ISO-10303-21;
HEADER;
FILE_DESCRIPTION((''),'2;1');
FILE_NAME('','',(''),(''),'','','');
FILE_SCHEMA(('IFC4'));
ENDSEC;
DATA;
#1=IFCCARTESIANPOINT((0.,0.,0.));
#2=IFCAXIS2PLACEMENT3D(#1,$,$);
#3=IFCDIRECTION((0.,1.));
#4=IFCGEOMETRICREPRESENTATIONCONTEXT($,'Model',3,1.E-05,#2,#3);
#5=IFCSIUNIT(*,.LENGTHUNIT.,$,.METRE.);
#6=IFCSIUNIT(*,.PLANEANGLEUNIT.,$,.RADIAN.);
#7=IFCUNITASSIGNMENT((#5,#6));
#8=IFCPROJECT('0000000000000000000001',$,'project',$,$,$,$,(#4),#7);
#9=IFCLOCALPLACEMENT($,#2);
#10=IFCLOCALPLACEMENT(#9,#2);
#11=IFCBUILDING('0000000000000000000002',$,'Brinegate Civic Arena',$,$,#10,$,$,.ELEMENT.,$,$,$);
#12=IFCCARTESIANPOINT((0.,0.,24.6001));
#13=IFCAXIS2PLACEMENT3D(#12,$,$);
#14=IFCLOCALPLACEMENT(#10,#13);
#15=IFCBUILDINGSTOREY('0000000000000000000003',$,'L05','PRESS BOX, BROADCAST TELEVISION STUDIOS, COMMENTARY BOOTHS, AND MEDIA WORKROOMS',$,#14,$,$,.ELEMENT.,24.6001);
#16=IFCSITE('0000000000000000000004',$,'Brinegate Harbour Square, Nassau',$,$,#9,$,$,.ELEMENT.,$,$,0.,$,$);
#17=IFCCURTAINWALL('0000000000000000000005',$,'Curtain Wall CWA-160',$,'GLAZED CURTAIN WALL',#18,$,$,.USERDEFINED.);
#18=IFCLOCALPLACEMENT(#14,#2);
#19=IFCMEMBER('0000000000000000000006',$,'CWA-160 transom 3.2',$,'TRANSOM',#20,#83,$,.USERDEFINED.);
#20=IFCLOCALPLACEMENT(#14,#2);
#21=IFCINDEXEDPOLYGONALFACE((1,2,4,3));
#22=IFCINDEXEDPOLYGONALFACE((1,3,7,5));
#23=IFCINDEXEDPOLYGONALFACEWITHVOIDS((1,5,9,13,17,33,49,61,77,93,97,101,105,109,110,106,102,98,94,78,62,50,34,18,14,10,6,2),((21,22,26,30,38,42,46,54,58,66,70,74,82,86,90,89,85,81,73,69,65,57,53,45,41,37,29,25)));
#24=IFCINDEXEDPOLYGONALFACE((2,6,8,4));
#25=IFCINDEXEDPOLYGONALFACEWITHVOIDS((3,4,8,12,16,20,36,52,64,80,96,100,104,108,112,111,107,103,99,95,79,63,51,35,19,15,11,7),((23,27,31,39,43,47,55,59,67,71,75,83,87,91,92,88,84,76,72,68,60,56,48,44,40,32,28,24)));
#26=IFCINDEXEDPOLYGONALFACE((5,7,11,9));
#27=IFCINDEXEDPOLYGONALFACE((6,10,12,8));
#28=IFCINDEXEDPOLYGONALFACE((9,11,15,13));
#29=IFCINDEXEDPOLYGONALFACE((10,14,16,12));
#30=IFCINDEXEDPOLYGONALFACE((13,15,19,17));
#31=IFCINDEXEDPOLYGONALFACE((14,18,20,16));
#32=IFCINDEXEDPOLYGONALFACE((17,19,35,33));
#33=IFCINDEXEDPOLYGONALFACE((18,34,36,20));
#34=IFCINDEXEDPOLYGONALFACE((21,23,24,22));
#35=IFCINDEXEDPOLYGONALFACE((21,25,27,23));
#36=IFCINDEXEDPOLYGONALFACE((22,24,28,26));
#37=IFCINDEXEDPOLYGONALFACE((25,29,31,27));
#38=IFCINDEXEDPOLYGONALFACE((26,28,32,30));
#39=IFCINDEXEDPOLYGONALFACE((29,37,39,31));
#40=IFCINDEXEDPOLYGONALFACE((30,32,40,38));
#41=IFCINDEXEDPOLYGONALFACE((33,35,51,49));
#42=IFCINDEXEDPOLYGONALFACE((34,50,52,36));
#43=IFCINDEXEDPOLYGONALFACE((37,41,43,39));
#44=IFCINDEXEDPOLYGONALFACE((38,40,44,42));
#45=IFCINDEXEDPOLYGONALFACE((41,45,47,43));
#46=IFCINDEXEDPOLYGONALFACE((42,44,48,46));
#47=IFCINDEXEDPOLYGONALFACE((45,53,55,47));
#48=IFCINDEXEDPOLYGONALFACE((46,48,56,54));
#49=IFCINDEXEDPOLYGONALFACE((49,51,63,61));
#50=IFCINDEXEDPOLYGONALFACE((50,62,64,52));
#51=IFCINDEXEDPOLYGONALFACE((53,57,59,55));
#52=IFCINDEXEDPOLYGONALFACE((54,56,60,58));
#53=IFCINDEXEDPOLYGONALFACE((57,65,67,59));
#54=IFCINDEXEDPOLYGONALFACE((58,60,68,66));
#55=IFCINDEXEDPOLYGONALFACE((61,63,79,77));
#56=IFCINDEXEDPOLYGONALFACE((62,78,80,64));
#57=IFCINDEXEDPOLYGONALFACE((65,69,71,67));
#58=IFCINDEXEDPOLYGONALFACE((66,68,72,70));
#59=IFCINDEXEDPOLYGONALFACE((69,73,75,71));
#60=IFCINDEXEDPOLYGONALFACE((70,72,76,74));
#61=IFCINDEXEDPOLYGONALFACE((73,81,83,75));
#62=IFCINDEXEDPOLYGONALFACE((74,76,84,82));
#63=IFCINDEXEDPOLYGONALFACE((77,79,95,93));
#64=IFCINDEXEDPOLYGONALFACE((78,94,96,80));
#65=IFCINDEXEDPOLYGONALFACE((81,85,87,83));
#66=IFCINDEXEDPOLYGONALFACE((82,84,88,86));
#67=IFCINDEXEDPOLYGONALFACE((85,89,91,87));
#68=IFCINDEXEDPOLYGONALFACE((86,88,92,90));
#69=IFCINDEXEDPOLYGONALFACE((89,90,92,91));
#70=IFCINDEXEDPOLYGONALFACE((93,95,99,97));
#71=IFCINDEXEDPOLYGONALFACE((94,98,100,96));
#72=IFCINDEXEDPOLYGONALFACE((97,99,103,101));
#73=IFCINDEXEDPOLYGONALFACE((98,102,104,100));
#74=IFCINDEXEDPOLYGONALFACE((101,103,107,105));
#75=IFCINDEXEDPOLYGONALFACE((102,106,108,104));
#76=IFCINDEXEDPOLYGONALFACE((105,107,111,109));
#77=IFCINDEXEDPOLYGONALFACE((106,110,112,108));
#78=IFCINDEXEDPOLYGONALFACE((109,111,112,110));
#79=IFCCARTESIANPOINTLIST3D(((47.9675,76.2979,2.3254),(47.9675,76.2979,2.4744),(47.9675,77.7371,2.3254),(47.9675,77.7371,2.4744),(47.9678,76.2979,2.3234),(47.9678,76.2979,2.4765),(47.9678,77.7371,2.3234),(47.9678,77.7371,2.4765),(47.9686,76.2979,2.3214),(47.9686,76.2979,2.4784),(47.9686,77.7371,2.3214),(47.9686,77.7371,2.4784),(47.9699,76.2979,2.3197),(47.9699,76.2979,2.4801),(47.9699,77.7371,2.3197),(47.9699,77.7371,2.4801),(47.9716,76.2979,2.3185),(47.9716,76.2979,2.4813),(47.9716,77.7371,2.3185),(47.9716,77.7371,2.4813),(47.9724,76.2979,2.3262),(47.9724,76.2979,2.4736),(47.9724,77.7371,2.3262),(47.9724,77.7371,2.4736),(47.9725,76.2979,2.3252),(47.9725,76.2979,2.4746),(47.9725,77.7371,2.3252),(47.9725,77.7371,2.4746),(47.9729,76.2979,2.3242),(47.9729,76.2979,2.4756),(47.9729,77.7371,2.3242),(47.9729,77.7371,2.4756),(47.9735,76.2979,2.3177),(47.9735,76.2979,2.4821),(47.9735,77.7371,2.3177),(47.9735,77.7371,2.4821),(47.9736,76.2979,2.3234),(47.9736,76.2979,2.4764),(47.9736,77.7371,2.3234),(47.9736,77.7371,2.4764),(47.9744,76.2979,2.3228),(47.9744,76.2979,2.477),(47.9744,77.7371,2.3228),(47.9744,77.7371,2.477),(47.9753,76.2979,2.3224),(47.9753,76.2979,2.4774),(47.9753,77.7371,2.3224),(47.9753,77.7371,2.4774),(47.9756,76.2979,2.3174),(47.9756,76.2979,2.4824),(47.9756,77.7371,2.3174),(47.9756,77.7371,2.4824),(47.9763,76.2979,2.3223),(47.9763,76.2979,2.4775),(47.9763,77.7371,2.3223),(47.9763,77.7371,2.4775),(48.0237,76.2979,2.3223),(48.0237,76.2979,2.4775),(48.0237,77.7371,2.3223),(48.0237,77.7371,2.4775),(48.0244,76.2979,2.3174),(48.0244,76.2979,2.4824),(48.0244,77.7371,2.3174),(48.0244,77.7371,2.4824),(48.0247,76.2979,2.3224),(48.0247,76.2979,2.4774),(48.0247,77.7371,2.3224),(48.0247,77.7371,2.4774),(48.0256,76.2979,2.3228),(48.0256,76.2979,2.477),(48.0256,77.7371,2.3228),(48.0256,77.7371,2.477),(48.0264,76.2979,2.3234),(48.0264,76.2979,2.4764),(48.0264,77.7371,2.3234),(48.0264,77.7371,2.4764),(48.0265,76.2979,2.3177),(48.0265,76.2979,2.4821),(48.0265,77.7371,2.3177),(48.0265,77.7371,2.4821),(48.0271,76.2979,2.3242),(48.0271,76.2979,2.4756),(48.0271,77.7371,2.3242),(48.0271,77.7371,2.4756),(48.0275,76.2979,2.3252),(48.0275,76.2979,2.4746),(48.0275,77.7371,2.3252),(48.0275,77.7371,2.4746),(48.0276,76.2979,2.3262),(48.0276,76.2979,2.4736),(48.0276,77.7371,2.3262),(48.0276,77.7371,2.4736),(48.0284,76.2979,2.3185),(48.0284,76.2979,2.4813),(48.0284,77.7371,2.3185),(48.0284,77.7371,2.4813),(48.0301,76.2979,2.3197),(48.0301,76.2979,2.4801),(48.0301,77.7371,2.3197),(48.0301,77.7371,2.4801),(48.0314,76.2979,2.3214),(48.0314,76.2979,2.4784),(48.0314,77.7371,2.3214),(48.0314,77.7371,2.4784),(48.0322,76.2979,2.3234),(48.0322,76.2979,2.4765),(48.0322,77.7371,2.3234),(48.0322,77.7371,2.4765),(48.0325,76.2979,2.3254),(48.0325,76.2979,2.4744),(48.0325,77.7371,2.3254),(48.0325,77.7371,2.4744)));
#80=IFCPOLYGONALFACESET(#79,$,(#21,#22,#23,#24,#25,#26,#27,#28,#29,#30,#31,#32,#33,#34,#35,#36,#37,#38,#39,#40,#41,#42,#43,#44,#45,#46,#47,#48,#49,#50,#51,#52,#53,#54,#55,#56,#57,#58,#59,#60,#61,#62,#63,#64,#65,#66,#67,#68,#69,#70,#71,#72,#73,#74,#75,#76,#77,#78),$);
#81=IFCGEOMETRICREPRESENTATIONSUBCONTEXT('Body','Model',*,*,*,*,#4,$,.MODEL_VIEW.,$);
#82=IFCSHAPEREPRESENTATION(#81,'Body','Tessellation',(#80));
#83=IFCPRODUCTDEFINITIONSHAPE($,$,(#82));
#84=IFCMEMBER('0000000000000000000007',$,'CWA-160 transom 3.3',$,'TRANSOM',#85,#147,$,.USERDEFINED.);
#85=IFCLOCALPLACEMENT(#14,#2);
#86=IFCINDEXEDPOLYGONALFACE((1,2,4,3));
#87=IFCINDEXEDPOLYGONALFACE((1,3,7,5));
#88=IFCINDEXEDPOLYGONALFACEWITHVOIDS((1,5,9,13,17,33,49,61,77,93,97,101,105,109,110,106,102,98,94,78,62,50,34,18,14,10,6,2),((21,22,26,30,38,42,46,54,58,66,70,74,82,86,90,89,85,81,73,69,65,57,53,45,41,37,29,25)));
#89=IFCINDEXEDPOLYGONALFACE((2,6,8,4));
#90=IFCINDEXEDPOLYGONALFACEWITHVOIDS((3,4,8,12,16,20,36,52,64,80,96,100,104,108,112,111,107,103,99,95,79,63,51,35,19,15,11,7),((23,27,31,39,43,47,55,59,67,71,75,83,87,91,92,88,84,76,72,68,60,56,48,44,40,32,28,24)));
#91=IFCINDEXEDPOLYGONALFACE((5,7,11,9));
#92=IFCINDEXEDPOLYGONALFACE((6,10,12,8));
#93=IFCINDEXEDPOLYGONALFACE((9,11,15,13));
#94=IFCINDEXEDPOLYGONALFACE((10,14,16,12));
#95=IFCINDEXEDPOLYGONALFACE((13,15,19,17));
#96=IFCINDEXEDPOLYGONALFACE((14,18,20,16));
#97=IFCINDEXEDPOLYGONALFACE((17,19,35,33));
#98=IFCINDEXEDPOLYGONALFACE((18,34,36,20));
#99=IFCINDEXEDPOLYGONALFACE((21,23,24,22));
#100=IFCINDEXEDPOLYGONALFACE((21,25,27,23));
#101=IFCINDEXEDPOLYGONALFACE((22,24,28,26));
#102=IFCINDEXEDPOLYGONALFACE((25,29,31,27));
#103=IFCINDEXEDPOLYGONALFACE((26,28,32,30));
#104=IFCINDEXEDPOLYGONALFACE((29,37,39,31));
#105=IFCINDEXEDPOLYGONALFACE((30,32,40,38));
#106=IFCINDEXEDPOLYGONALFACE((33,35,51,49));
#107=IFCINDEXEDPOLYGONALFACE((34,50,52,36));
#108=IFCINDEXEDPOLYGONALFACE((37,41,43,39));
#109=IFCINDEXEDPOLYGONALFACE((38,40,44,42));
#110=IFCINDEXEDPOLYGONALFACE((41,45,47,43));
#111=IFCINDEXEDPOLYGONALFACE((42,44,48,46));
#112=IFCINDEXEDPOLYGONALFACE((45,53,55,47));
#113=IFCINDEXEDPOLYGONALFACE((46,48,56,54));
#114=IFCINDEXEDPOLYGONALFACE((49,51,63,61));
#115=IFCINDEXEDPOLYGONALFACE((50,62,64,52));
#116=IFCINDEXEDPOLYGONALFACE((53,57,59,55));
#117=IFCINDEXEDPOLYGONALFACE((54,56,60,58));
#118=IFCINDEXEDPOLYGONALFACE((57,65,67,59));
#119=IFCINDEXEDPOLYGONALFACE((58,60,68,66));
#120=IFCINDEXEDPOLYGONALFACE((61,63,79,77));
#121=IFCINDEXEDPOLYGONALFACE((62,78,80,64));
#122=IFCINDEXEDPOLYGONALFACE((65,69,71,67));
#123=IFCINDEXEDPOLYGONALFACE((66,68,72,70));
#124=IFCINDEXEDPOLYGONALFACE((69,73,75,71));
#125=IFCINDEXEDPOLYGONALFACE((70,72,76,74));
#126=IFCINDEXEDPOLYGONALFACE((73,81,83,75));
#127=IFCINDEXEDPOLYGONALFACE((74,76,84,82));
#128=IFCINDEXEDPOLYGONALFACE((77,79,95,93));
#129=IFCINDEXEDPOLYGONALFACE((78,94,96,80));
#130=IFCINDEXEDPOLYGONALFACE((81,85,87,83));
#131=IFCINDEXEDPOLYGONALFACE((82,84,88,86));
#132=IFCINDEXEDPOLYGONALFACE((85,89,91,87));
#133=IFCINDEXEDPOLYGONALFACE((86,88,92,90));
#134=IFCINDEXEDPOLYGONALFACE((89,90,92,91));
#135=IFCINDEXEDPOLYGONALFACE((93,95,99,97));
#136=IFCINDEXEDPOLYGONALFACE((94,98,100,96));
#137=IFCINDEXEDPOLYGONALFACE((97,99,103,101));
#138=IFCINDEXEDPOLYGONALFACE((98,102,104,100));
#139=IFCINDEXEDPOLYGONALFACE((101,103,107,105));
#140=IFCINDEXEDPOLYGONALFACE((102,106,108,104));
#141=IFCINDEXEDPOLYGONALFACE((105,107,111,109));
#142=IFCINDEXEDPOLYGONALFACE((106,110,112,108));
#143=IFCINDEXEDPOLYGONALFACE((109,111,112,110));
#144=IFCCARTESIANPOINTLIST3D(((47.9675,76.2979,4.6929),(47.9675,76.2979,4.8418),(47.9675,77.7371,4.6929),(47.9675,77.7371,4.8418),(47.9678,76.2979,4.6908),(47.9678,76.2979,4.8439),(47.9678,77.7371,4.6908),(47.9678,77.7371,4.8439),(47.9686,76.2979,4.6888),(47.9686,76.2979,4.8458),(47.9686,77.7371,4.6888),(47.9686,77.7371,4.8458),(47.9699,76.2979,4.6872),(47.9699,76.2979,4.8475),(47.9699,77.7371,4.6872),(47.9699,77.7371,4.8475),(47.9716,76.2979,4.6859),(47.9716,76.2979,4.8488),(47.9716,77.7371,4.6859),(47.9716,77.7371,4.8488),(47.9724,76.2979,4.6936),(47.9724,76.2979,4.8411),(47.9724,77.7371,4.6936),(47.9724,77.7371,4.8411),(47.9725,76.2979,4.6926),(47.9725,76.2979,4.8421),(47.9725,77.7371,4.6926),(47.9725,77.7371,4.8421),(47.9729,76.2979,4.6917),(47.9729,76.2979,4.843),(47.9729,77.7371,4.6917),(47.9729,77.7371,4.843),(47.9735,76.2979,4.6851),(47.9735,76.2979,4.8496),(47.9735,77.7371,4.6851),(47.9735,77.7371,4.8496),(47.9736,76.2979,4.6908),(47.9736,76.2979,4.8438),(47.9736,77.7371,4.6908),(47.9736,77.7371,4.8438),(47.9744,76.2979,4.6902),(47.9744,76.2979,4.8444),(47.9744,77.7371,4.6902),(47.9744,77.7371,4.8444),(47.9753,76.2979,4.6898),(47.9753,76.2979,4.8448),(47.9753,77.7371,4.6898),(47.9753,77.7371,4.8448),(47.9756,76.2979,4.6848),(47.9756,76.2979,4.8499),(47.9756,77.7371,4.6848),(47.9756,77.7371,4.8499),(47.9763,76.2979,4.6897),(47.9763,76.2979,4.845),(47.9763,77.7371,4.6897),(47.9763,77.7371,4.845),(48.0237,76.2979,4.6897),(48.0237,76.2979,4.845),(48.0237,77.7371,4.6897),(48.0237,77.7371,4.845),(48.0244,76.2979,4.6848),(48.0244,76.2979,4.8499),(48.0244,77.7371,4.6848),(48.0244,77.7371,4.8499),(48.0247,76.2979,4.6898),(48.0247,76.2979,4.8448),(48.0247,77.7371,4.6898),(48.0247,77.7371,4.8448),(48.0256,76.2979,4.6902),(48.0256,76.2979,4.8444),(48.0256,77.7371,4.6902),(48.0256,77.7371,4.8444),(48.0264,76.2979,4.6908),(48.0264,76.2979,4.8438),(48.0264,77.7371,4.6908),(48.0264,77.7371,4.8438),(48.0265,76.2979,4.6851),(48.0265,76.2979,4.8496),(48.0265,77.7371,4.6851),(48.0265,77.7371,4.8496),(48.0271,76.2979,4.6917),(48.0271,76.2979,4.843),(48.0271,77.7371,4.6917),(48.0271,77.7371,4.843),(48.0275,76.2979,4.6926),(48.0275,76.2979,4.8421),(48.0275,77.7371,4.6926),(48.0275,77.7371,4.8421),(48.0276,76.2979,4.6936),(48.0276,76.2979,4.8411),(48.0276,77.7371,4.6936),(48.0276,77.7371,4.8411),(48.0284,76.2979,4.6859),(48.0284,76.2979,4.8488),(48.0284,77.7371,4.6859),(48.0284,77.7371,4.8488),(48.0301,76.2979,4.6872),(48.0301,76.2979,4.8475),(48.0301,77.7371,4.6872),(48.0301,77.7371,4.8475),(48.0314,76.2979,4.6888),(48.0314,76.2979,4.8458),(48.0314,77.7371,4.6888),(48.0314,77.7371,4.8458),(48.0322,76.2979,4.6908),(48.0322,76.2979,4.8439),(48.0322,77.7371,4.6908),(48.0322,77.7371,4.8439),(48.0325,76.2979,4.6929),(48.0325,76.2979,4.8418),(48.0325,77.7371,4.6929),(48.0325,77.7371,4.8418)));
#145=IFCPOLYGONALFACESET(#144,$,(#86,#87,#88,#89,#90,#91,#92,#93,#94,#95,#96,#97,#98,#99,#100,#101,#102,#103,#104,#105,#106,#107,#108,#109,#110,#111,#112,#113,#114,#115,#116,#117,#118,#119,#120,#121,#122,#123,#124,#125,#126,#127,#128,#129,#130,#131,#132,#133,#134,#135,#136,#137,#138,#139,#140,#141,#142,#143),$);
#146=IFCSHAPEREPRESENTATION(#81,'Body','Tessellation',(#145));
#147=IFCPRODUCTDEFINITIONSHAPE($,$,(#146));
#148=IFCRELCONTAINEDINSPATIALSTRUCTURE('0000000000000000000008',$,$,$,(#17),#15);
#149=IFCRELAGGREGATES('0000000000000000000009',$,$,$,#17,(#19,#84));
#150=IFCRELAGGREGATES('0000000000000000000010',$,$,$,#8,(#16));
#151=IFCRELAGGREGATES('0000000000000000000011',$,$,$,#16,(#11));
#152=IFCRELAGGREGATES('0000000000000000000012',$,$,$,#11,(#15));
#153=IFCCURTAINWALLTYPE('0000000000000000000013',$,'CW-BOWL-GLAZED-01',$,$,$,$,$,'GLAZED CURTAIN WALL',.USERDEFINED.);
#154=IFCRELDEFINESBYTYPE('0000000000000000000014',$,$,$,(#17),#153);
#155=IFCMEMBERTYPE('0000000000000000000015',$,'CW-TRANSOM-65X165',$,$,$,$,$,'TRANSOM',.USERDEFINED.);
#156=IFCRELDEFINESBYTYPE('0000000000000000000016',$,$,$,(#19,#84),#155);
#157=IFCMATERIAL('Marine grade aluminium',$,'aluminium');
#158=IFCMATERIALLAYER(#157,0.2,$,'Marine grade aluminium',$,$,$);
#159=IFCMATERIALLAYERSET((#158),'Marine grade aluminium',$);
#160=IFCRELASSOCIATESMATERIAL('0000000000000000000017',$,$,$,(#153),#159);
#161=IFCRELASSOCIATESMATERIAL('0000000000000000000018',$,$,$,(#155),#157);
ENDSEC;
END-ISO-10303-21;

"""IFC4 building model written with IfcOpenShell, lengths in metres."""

from ifc_helpers import new_model, si_unit, direction, frame, origin, origin_2d, place, context, subcontext, project, spatial, hollow_rectangle, extrude, material, layer, layer_set, material_profile, profile_set, type_object, element, aggregate, save


model = new_model("IFC4")

# Units and contexts
model_context = context("Model", 3, precision=1e-05, world=origin(), true_north=direction((0.0, 1.0)))
body_context = subcontext(model_context, "Body", "Model", "MODEL_VIEW")
ifc_project = project(units=[si_unit("LENGTHUNIT", "METRE"), si_unit("PLANEANGLEUNIT", "RADIAN")], contexts=[model_context])

# Site, building, storey
site_placement = place(None, origin())
site = spatial("IfcSite", under=ifc_project, at=site_placement, Name="Brinegate Harbour Square, Nassau", CompositionType="ELEMENT", RefElevation=0.0)
building_placement = place(site_placement, origin())
building = spatial("IfcBuilding", under=site, at=building_placement, Name="Brinegate Civic Arena", CompositionType="ELEMENT")
storey_placement = place(building_placement, frame((0.0, 0.0, 24.6001)))
storey = spatial("IfcBuildingStorey", under=building, at=storey_placement, Name="L05", Description="PRESS BOX, BROADCAST TELEVISION STUDIOS, COMMENTARY BOOTHS, AND MEDIA WORKROOMS", CompositionType="ELEMENT", Elevation=24.6001)

# Curtain wall, members
ifc_material_1 = material(Name="Marine grade aluminium", Category="aluminium")
ifc_layer_1 = layer(ifc_material_1, 0.2, Name="Marine grade aluminium")
ifc_layer_set_1 = layer_set([ifc_layer_1], Name="Marine grade aluminium")
curtain_wall_type = type_object("IfcCurtainWallType", Name="CW-BOWL-GLAZED-01", ElementType="GLAZED CURTAIN WALL", PredefinedType="USERDEFINED", material=ifc_layer_set_1)
curtain_wall_placement = place(storey_placement, origin())
curtain_wall = element("IfcCurtainWall", 1, at=curtain_wall_placement, inside=storey, type_object=curtain_wall_type, Name="Curtain Wall CWA-160", ObjectType="GLAZED CURTAIN WALL", PredefinedType="USERDEFINED")
ifc_material_profile_1 = material_profile(ifc_material_1, hollow_rectangle(XDim=0.0649, YDim=0.165, WallThickness=0.0049, InnerFilletRadius=0.0039, OuterFilletRadius=0.0081, at=origin_2d()), Name="TRN65X165")
ifc_profile_set_1 = profile_set([ifc_material_profile_1], Name="Marine grade aluminium")
member_type_1 = type_object("IfcMemberType", Name="CW-TRANSOM-65X165", ElementType="TRANSOM", PredefinedType="USERDEFINED", material=ifc_profile_set_1)
member_1_placement = place(storey_placement, frame((48.0, 76.2979, 2.3999), z_axis=(0.0, 1.0, 0.0), x_axis=(-1.0, 0.0, 0.0)))
member_1 = element("IfcMember", 2, at=member_1_placement, type_object=member_type_1, Name="CWA-160 transom 3.2", ObjectType="TRANSOM", PredefinedType="USERDEFINED", context=body_context, shape_type="SweptSolid", body=[
    extrude(hollow_rectangle(XDim=0.0649, YDim=0.165, WallThickness=0.0049, InnerFilletRadius=0.0039, OuterFilletRadius=0.0081, at=origin_2d()), origin(), (0.0, 0.0, 1.0), 1.4392),
])
member_2_placement = place(storey_placement, frame((48.0, 76.2979, 4.7673), z_axis=(0.0, 1.0, 0.0), x_axis=(-1.0, 0.0, 0.0)))
member_2 = element("IfcMember", 3, at=member_2_placement, type_object=member_type_1, Name="CWA-160 transom 3.3", ObjectType="TRANSOM", PredefinedType="USERDEFINED", context=body_context, shape_type="SweptSolid", body=[
    extrude(hollow_rectangle(XDim=0.0649, YDim=0.165, WallThickness=0.0049, InnerFilletRadius=0.0039, OuterFilletRadius=0.0081, at=origin_2d()), origin(), (0.0, 0.0, 1.0), 1.4392),
])

aggregate(curtain_wall, [member_1, member_2])

save(model, "model.ifc")
